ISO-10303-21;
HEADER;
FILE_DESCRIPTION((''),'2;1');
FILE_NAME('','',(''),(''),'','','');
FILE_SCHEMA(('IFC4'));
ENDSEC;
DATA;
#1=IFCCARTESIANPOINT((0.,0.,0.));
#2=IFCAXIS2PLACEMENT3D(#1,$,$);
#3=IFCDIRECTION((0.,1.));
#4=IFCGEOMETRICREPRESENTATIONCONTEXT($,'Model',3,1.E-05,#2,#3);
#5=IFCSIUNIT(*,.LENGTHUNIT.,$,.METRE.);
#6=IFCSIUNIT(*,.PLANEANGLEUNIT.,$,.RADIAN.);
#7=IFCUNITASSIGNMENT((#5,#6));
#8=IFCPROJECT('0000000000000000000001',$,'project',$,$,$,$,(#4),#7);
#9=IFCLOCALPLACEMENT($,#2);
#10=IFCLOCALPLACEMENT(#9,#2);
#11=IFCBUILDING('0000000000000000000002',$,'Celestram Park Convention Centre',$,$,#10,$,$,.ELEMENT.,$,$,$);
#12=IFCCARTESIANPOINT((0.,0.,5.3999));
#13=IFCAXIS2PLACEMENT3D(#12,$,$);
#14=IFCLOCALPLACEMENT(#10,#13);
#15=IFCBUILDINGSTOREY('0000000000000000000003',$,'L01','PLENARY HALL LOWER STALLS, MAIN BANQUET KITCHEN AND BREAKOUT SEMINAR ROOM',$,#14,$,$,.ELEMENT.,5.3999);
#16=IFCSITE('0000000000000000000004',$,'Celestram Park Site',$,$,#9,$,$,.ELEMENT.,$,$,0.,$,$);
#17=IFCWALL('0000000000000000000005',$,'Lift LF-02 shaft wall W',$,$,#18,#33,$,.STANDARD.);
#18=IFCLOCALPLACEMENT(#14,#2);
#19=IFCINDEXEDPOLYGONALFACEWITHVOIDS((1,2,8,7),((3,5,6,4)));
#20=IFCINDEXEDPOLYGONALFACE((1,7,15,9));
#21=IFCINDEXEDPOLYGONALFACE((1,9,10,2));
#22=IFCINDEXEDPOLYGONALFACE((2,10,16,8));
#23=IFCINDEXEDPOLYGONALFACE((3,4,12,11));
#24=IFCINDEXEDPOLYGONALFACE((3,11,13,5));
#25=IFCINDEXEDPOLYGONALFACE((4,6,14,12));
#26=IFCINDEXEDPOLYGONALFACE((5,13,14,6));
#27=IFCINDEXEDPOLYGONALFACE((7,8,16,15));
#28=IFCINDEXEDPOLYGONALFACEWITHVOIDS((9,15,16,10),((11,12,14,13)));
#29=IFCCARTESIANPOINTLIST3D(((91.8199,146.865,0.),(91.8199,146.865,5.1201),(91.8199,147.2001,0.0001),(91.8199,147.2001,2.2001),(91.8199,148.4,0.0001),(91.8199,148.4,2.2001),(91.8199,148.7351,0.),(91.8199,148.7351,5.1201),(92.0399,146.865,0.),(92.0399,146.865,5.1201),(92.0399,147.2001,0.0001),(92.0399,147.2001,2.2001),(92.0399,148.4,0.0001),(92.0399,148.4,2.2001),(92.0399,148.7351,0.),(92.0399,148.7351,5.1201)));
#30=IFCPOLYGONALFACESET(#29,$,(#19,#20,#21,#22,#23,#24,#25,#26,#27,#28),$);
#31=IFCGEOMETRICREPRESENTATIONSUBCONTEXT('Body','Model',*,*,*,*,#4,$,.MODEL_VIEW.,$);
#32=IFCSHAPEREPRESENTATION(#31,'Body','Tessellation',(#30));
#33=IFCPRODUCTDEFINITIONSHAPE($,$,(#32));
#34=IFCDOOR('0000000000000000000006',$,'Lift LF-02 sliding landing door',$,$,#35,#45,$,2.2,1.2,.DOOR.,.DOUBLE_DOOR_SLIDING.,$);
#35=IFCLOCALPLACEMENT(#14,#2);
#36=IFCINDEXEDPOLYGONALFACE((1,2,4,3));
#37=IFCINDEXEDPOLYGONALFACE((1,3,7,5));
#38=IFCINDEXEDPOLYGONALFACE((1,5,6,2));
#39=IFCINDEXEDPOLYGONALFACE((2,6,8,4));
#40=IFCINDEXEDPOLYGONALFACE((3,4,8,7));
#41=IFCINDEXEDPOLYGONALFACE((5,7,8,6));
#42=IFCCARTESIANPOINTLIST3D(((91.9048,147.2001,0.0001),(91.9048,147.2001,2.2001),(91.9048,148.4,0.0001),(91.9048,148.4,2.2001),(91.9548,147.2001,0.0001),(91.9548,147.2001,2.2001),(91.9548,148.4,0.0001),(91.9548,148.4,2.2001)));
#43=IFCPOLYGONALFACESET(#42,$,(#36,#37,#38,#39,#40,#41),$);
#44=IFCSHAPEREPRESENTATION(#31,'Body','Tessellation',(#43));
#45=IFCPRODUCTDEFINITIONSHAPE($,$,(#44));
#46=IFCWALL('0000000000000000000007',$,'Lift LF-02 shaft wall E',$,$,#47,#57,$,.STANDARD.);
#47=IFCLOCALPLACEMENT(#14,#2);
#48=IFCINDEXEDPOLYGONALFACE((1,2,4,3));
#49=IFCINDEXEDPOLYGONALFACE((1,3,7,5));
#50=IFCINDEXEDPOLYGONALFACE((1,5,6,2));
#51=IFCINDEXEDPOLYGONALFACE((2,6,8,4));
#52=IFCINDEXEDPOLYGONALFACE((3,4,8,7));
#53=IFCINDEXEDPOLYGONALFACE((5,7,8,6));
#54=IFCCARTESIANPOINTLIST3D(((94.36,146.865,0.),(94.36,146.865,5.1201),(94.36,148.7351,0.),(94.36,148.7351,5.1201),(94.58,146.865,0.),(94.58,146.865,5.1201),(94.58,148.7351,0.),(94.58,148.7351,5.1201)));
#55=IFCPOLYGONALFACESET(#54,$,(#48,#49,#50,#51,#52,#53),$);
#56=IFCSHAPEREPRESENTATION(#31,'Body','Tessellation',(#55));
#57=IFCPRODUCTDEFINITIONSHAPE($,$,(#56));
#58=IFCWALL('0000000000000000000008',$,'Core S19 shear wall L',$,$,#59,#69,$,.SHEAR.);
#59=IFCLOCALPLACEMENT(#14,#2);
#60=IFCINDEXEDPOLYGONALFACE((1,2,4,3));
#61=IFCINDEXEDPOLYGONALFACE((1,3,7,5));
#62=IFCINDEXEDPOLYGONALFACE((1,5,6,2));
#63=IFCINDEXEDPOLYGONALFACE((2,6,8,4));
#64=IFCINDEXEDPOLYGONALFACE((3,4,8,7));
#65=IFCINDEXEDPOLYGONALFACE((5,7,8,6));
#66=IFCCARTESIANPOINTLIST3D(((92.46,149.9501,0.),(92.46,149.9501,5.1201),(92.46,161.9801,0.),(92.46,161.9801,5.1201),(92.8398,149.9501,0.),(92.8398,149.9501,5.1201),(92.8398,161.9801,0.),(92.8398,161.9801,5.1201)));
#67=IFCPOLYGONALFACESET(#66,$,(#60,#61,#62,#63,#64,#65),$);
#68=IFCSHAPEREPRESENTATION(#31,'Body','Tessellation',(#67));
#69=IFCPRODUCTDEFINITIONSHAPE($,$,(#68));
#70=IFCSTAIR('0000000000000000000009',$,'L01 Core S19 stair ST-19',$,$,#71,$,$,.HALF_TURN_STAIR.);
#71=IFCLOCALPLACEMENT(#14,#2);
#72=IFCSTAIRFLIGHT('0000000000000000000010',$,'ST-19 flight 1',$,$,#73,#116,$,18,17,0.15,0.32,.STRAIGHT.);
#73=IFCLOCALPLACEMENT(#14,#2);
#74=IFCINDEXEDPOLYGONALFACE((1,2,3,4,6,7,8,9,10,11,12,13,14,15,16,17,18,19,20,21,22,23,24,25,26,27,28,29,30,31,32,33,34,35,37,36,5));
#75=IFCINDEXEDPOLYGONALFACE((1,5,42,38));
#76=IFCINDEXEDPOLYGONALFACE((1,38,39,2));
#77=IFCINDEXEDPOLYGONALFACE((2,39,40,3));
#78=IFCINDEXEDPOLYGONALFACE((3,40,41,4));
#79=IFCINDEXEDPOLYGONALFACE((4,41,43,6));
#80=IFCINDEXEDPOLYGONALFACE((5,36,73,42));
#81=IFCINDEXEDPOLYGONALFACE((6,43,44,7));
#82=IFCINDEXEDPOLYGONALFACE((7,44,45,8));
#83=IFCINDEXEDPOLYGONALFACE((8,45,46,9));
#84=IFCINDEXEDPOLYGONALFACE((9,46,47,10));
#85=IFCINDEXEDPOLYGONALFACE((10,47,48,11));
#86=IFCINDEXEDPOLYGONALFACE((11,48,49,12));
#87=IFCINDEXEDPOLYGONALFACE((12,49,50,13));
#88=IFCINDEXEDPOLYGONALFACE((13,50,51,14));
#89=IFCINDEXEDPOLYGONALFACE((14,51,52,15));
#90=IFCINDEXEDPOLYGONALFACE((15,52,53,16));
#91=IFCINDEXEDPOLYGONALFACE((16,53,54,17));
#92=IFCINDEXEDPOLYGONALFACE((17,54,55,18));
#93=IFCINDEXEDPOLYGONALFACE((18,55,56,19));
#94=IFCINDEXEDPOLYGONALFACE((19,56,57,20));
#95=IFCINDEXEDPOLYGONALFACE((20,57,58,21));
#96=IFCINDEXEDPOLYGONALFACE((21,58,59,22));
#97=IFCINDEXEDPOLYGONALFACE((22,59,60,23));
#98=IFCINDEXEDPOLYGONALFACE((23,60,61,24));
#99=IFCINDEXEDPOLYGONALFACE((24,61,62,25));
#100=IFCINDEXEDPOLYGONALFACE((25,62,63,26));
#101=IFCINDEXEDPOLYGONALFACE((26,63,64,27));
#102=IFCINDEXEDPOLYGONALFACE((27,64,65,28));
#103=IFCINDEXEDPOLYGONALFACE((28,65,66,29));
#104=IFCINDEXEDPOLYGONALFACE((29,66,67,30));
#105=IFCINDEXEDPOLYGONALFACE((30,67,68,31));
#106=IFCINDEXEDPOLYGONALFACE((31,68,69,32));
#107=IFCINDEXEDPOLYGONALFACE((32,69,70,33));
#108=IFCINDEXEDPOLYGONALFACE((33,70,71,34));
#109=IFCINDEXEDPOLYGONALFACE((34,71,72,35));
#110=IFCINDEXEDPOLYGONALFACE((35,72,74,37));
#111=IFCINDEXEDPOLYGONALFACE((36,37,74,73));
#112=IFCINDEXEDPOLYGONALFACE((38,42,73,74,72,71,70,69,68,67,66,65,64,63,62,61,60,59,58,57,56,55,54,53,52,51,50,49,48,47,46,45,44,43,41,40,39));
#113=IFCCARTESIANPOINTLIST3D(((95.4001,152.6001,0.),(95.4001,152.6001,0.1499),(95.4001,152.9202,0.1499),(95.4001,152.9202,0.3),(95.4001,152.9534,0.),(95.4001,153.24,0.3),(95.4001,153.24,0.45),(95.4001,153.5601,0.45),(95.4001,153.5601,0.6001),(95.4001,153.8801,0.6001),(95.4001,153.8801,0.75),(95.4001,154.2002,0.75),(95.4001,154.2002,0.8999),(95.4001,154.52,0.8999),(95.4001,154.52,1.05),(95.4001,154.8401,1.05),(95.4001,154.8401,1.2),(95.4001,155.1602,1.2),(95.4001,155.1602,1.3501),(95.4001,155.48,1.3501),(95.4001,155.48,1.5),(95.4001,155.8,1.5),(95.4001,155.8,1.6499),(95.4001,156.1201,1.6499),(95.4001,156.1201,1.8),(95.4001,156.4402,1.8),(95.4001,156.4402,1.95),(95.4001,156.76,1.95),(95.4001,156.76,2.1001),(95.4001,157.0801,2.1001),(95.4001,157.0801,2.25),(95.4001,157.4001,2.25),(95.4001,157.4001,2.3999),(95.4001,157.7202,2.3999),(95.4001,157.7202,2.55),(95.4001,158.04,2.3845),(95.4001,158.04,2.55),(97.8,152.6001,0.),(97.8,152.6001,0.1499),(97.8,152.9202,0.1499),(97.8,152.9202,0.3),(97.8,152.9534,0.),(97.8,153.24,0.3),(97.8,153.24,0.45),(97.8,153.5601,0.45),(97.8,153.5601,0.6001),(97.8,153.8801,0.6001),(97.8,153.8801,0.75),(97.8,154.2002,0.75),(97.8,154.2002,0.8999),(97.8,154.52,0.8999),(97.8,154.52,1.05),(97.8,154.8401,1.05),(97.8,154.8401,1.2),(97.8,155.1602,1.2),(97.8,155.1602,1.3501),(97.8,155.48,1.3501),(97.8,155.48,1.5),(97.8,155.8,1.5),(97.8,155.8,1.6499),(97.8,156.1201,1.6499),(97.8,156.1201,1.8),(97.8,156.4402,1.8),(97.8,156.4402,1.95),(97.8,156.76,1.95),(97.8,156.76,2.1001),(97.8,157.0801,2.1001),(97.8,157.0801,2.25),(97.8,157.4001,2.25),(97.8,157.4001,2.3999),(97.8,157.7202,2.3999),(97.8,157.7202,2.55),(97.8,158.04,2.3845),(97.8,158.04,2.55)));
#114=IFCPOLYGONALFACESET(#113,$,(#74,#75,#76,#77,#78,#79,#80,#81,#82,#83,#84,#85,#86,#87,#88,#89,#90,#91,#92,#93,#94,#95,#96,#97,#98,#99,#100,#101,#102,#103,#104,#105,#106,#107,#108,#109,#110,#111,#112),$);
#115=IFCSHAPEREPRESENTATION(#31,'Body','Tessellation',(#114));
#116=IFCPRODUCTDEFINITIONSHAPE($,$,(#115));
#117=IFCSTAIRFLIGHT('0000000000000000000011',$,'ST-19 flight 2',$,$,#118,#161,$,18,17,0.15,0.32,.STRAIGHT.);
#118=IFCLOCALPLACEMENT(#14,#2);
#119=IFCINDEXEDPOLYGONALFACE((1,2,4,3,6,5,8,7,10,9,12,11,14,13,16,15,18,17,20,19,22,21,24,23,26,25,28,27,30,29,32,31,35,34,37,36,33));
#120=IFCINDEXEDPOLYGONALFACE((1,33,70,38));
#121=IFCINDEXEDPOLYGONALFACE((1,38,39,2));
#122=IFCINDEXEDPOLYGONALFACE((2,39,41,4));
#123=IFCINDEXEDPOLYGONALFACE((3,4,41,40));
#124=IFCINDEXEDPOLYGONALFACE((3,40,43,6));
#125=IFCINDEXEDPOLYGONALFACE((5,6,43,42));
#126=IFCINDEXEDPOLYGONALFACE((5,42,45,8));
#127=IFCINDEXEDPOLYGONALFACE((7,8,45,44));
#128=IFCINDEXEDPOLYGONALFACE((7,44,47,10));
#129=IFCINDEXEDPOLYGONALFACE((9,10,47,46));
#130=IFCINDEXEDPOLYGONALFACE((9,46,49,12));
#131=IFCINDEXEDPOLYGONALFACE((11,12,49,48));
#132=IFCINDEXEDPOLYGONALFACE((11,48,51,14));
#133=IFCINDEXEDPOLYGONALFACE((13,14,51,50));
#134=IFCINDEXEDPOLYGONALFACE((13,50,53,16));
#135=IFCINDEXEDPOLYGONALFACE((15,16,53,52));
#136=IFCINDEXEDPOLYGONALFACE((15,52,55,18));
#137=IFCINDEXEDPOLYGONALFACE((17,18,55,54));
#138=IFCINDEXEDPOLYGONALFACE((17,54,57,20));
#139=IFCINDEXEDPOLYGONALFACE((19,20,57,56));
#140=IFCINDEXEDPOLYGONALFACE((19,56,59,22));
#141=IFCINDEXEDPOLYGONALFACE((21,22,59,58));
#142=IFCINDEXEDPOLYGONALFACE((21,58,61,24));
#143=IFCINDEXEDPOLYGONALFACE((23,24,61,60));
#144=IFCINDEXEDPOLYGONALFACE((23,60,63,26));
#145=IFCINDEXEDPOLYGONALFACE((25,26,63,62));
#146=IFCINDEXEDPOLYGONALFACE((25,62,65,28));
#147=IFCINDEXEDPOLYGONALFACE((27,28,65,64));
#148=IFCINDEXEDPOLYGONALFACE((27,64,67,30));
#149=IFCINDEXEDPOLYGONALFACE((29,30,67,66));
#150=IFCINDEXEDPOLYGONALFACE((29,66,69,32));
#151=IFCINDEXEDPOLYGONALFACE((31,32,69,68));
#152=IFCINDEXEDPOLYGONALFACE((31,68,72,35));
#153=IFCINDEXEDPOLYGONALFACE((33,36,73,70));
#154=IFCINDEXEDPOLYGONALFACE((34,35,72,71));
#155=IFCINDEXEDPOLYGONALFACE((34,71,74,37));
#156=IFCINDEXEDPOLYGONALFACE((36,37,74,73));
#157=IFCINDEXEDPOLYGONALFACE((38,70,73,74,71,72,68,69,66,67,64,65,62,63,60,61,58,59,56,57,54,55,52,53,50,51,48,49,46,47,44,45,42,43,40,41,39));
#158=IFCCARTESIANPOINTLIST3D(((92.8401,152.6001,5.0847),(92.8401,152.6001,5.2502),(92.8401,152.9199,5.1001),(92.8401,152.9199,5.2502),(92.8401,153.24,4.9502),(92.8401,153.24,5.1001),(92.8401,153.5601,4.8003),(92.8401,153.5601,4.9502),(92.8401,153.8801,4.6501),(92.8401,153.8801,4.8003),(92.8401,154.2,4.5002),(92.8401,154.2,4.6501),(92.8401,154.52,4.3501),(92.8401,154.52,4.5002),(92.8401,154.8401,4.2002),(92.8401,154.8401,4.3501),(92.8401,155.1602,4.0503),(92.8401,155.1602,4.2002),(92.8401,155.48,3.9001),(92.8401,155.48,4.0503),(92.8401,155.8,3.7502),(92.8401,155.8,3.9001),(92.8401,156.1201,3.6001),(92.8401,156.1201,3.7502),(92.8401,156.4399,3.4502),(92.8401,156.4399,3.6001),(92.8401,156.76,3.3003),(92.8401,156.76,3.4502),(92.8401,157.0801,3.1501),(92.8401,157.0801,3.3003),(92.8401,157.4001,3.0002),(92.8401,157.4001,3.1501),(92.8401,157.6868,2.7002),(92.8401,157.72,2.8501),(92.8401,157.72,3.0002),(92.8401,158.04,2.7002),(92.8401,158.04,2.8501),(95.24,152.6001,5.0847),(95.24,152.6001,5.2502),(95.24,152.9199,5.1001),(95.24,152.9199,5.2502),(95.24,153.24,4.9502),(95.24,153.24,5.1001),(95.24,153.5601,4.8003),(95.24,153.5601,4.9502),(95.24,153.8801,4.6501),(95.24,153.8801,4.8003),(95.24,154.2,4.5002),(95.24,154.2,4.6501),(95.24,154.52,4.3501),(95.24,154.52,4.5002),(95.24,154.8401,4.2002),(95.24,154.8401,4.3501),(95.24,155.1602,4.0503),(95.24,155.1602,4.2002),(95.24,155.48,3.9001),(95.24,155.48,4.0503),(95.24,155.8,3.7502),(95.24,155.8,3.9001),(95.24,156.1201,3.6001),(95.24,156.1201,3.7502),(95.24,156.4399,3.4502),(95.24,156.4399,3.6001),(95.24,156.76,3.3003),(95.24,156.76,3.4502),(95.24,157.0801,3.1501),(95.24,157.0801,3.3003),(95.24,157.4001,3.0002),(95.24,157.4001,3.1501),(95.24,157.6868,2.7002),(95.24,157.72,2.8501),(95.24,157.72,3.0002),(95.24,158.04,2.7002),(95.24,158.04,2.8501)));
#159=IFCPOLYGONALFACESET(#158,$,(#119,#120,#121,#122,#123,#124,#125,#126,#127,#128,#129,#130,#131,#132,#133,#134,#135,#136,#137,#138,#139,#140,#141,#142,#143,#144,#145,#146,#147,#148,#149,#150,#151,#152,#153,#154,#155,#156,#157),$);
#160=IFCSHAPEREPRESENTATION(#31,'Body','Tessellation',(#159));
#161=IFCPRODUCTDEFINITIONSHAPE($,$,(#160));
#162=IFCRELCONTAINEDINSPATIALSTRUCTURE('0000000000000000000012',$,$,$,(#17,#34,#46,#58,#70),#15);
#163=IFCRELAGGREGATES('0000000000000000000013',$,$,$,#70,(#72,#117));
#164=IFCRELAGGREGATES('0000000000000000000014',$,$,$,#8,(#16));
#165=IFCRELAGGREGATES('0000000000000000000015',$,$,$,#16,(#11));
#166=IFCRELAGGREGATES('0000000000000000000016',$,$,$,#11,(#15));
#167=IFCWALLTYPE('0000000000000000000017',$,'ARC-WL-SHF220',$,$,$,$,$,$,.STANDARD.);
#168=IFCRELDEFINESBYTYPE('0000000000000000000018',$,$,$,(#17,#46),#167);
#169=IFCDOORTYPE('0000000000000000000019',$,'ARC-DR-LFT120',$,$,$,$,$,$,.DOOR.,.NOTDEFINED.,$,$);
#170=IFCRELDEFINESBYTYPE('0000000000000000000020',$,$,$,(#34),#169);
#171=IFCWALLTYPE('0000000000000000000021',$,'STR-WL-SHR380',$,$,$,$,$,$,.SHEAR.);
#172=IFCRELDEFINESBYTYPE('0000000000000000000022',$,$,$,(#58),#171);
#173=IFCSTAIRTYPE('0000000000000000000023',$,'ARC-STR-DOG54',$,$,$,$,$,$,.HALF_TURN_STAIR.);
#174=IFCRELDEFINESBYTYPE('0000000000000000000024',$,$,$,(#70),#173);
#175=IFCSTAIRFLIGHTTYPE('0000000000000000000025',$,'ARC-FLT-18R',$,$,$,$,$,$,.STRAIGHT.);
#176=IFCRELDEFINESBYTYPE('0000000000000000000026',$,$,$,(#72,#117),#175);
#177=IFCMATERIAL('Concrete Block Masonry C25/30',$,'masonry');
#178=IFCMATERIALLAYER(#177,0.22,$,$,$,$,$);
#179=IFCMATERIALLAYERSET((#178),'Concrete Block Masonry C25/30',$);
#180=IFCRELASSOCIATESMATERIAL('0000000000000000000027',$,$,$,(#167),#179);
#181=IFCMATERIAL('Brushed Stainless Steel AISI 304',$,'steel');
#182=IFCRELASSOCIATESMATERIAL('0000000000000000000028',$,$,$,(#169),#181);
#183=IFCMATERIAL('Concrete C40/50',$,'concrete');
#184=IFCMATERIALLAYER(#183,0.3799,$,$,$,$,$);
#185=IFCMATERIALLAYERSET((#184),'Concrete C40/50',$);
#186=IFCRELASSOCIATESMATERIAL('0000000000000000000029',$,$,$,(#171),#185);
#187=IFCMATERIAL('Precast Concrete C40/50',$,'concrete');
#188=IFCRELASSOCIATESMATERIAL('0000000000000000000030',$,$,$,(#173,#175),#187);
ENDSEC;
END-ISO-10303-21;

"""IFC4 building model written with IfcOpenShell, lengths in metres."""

from ifc_helpers import new_model, si_unit, direction, frame, frame_2d, origin, place, context, subcontext, project, spatial, polyline, rectangle, outline, extrude, material, layer, layer_set, type_object, element, fill, aggregate, save


model = new_model("IFC4")

# Units and contexts
model_context = context("Model", 3, precision=1e-05, world=origin(), true_north=direction((0.0, 1.0)))
body_context = subcontext(model_context, "Body", "Model", "MODEL_VIEW")
ifc_project = project(units=[si_unit("LENGTHUNIT", "METRE"), si_unit("PLANEANGLEUNIT", "RADIAN")], contexts=[model_context])

# Site, building, storey
site_placement = place(None, origin())
site = spatial("IfcSite", under=ifc_project, at=site_placement, Name="Celestram Park Site", CompositionType="ELEMENT", RefElevation=0.0)
building_placement = place(site_placement, origin())
building = spatial("IfcBuilding", under=site, at=building_placement, Name="Celestram Park Convention Centre", CompositionType="ELEMENT")
storey_placement = place(building_placement, frame((0.0, 0.0, 5.3999)))
storey = spatial("IfcBuildingStorey", under=building, at=storey_placement, Name="L01", Description="PLENARY HALL LOWER STALLS, MAIN BANQUET KITCHEN AND BREAKOUT SEMINAR ROOM", CompositionType="ELEMENT", Elevation=5.3999)

# Shared definitions
ifc_material_1 = material(Name="Concrete C40/50", Category="concrete")

# Shared definitions
ifc_material_2 = material(Name="Concrete Block Masonry C25/30", Category="masonry")

# Shared definitions
ifc_layer_1 = layer(ifc_material_2, 0.22)
ifc_layer_set_1 = layer_set([ifc_layer_1], Name="Concrete Block Masonry C25/30")
wall_type_1 = type_object("IfcWallType", Name="ARC-WL-SHF220", PredefinedType="STANDARD", material=ifc_layer_set_1)

# Wall, opening, door
wall_1_placement = place(storey_placement, frame((91.9299, 148.7351, 0.0), z_axis=(0.0, 0.0, 1.0), x_axis=(0.0, -1.0, 0.0)))
wall_1 = element("IfcWall", 1, at=wall_1_placement, inside=storey, type_object=wall_type_1, Name="Lift LF-02 shaft wall W", PredefinedType="STANDARD", context=body_context, shape_type="SweptSolid", body=[
    extrude(rectangle(XDim=1.8701, YDim=0.22, at=frame_2d((0.9351, 0.0))), origin(), (0.0, 0.0, 1.0), 5.1201),
])
opening_1_placement = place(wall_1_placement, frame((0.335, 0.0, 0.0)))
opening_1 = element("IfcOpeningElement", 2, at=opening_1_placement, cuts=wall_1, PredefinedType="OPENING", context=body_context, shape_type="SweptSolid", body=[
    extrude(rectangle(XDim=1.2, YDim=2.2, at=frame_2d((0.6001, 1.1001))), frame((0.0, 0.1199, 0.0), z_axis=(0.0, -1.0, 0.0), x_axis=(1.0, 0.0, 0.0)), (0.0, 0.0, 1.0), 0.24),
])
ifc_material_3 = material(Name="Brushed Stainless Steel AISI 304", Category="steel")
door_type_1 = type_object("IfcDoorType", Name="ARC-DR-LFT120", OperationType="NOTDEFINED", PredefinedType="DOOR", material=ifc_material_3)
door_1_placement = place(opening_1_placement, origin())
door_1 = element("IfcDoor", 3, at=door_1_placement, inside=storey, type_object=door_type_1, Name="Lift LF-02 sliding landing door", OperationType="DOUBLE_DOOR_SLIDING", OverallHeight=2.2, OverallWidth=1.2, PredefinedType="DOOR", context=body_context, shape_type="SweptSolid", body=[
    extrude(rectangle(XDim=1.2, YDim=2.2, at=frame_2d((0.6001, 1.1001))), frame((0.0, 0.0249, 0.0), z_axis=(0.0, -1.0, 0.0), x_axis=(1.0, 0.0, 0.0)), (0.0, 0.0, 1.0), 0.05),
])
fill(opening_1, door_1)

# Walls
wall_2_placement = place(storey_placement, frame((94.47, 146.865, 0.0), z_axis=(0.0, 0.0, 1.0), x_axis=(0.0, 1.0, 0.0)))
element("IfcWall", 4, at=wall_2_placement, inside=storey, type_object=wall_type_1, Name="Lift LF-02 shaft wall E", PredefinedType="STANDARD", context=body_context, shape_type="SweptSolid", body=[
    extrude(rectangle(XDim=1.8701, YDim=0.22, at=frame_2d((0.9351, 0.0))), origin(), (0.0, 0.0, 1.0), 5.1201),
])
ifc_layer_2 = layer(ifc_material_1, 0.3799)
ifc_layer_set_2 = layer_set([ifc_layer_2], Name="Concrete C40/50")
wall_type_2 = type_object("IfcWallType", Name="STR-WL-SHR380", PredefinedType="SHEAR", material=ifc_layer_set_2)
wall_3_placement = place(storey_placement, frame((92.6499, 149.95, 0.0), z_axis=(0.0, 0.0, 1.0), x_axis=(0.0, 1.0, 0.0)))
element("IfcWall", 5, at=wall_3_placement, inside=storey, type_object=wall_type_2, Name="Core S19 shear wall L", PredefinedType="SHEAR", context=body_context, shape_type="SweptSolid", body=[
    extrude(rectangle(XDim=12.03, YDim=0.3799, at=frame_2d((6.0151, 0.0))), origin(), (0.0, 0.0, 1.0), 5.1201),
])

# Stair, stair flights
ifc_material_4 = material(Name="Precast Concrete C40/50", Category="concrete")
stair_type = type_object("IfcStairType", Name="ARC-STR-DOG54", PredefinedType="HALF_TURN_STAIR", material=ifc_material_4)
stair_placement = place(storey_placement, origin())
stair = element("IfcStair", 6, at=stair_placement, inside=storey, type_object=stair_type, Name="L01 Core S19 stair ST-19", PredefinedType="HALF_TURN_STAIR")
stair_flight_type = type_object("IfcStairFlightType", Name="ARC-FLT-18R", PredefinedType="STRAIGHT", material=ifc_material_4)
stair_flight_1_placement = place(storey_placement, frame((96.6001, 152.6001, 0.0), z_axis=(0.0, 0.0, 1.0), x_axis=(0.0, 1.0, 0.0)))
stair_flight_1 = element("IfcStairFlight", 7, at=stair_flight_1_placement, type_object=stair_flight_type, Name="ST-19 flight 1", NumberOfRisers=18, NumberOfTreads=17, PredefinedType="STRAIGHT", RiserHeight=0.15, TreadLength=0.32, context=body_context, shape_type="SweptSolid", body=[
    extrude(outline(polyline([(0.0, 0.0), (0.0, 0.1499), (0.3201, 0.1499), (0.3201, 0.3), (0.6399, 0.3), (0.6399, 0.45), (0.96, 0.45), (0.96, 0.6001), (1.28, 0.6001), (1.28, 0.75), (1.6001, 0.75), (1.6001, 0.8999), (1.9199, 0.8999), (1.9199, 1.05), (2.24, 1.05), (2.24, 1.2), (2.5601, 1.2), (2.5601, 1.3501), (2.8799, 1.3501), (2.8799, 1.5), (3.2, 1.5), (3.2, 1.6499), (3.52, 1.6499), (3.52, 1.8), (3.8401, 1.8), (3.8401, 1.95), (4.1599, 1.95), (4.1599, 2.1001), (4.48, 2.1001), (4.48, 2.25), (4.8, 2.25), (4.8, 2.3999), (5.1201, 2.3999), (5.1201, 2.55), (5.4399, 2.55), (5.4399, 2.7), (5.4399, 2.3845), (0.3533, 0.0), (0.0, 0.0)])), frame((0.0, 1.2, 0.0), z_axis=(0.0, -1.0, 0.0), x_axis=(1.0, 0.0, 0.0)), (0.0, 0.0, 1.0), 2.3999),
])
stair_flight_2_placement = place(storey_placement, frame((94.04, 158.04, 2.7002), z_axis=(0.0, 0.0, 1.0), x_axis=(0.0, -1.0, 0.0)))
stair_flight_2 = element("IfcStairFlight", 8, at=stair_flight_2_placement, type_object=stair_flight_type, Name="ST-19 flight 2", NumberOfRisers=18, NumberOfTreads=17, PredefinedType="STRAIGHT", RiserHeight=0.15, TreadLength=0.32, context=body_context, shape_type="SweptSolid", body=[
    extrude(outline(polyline([(0.0, 0.0), (0.0, 0.1499), (0.3201, 0.1499), (0.3201, 0.3), (0.6399, 0.3), (0.6399, 0.45), (0.96, 0.45), (0.96, 0.6001), (1.28, 0.6001), (1.28, 0.75), (1.6001, 0.75), (1.6001, 0.8999), (1.9199, 0.8999), (1.9199, 1.05), (2.24, 1.05), (2.24, 1.2), (2.5601, 1.2), (2.5601, 1.3501), (2.8799, 1.3501), (2.8799, 1.5), (3.2, 1.5), (3.2, 1.6499), (3.52, 1.6499), (3.52, 1.8), (3.8401, 1.8), (3.8401, 1.95), (4.1599, 1.95), (4.1599, 2.1001), (4.48, 2.1001), (4.48, 2.25), (4.8, 2.25), (4.8, 2.3999), (5.1201, 2.3999), (5.1201, 2.55), (5.4399, 2.55), (5.4399, 2.7), (5.4399, 2.3845), (0.3533, 0.0), (0.0, 0.0)])), frame((0.0, 1.2, 0.0), z_axis=(0.0, -1.0, 0.0), x_axis=(1.0, 0.0, 0.0)), (0.0, 0.0, 1.0), 2.3999),
])
aggregate(stair, [stair_flight_1, stair_flight_2])

save(model, "model.ifc")
